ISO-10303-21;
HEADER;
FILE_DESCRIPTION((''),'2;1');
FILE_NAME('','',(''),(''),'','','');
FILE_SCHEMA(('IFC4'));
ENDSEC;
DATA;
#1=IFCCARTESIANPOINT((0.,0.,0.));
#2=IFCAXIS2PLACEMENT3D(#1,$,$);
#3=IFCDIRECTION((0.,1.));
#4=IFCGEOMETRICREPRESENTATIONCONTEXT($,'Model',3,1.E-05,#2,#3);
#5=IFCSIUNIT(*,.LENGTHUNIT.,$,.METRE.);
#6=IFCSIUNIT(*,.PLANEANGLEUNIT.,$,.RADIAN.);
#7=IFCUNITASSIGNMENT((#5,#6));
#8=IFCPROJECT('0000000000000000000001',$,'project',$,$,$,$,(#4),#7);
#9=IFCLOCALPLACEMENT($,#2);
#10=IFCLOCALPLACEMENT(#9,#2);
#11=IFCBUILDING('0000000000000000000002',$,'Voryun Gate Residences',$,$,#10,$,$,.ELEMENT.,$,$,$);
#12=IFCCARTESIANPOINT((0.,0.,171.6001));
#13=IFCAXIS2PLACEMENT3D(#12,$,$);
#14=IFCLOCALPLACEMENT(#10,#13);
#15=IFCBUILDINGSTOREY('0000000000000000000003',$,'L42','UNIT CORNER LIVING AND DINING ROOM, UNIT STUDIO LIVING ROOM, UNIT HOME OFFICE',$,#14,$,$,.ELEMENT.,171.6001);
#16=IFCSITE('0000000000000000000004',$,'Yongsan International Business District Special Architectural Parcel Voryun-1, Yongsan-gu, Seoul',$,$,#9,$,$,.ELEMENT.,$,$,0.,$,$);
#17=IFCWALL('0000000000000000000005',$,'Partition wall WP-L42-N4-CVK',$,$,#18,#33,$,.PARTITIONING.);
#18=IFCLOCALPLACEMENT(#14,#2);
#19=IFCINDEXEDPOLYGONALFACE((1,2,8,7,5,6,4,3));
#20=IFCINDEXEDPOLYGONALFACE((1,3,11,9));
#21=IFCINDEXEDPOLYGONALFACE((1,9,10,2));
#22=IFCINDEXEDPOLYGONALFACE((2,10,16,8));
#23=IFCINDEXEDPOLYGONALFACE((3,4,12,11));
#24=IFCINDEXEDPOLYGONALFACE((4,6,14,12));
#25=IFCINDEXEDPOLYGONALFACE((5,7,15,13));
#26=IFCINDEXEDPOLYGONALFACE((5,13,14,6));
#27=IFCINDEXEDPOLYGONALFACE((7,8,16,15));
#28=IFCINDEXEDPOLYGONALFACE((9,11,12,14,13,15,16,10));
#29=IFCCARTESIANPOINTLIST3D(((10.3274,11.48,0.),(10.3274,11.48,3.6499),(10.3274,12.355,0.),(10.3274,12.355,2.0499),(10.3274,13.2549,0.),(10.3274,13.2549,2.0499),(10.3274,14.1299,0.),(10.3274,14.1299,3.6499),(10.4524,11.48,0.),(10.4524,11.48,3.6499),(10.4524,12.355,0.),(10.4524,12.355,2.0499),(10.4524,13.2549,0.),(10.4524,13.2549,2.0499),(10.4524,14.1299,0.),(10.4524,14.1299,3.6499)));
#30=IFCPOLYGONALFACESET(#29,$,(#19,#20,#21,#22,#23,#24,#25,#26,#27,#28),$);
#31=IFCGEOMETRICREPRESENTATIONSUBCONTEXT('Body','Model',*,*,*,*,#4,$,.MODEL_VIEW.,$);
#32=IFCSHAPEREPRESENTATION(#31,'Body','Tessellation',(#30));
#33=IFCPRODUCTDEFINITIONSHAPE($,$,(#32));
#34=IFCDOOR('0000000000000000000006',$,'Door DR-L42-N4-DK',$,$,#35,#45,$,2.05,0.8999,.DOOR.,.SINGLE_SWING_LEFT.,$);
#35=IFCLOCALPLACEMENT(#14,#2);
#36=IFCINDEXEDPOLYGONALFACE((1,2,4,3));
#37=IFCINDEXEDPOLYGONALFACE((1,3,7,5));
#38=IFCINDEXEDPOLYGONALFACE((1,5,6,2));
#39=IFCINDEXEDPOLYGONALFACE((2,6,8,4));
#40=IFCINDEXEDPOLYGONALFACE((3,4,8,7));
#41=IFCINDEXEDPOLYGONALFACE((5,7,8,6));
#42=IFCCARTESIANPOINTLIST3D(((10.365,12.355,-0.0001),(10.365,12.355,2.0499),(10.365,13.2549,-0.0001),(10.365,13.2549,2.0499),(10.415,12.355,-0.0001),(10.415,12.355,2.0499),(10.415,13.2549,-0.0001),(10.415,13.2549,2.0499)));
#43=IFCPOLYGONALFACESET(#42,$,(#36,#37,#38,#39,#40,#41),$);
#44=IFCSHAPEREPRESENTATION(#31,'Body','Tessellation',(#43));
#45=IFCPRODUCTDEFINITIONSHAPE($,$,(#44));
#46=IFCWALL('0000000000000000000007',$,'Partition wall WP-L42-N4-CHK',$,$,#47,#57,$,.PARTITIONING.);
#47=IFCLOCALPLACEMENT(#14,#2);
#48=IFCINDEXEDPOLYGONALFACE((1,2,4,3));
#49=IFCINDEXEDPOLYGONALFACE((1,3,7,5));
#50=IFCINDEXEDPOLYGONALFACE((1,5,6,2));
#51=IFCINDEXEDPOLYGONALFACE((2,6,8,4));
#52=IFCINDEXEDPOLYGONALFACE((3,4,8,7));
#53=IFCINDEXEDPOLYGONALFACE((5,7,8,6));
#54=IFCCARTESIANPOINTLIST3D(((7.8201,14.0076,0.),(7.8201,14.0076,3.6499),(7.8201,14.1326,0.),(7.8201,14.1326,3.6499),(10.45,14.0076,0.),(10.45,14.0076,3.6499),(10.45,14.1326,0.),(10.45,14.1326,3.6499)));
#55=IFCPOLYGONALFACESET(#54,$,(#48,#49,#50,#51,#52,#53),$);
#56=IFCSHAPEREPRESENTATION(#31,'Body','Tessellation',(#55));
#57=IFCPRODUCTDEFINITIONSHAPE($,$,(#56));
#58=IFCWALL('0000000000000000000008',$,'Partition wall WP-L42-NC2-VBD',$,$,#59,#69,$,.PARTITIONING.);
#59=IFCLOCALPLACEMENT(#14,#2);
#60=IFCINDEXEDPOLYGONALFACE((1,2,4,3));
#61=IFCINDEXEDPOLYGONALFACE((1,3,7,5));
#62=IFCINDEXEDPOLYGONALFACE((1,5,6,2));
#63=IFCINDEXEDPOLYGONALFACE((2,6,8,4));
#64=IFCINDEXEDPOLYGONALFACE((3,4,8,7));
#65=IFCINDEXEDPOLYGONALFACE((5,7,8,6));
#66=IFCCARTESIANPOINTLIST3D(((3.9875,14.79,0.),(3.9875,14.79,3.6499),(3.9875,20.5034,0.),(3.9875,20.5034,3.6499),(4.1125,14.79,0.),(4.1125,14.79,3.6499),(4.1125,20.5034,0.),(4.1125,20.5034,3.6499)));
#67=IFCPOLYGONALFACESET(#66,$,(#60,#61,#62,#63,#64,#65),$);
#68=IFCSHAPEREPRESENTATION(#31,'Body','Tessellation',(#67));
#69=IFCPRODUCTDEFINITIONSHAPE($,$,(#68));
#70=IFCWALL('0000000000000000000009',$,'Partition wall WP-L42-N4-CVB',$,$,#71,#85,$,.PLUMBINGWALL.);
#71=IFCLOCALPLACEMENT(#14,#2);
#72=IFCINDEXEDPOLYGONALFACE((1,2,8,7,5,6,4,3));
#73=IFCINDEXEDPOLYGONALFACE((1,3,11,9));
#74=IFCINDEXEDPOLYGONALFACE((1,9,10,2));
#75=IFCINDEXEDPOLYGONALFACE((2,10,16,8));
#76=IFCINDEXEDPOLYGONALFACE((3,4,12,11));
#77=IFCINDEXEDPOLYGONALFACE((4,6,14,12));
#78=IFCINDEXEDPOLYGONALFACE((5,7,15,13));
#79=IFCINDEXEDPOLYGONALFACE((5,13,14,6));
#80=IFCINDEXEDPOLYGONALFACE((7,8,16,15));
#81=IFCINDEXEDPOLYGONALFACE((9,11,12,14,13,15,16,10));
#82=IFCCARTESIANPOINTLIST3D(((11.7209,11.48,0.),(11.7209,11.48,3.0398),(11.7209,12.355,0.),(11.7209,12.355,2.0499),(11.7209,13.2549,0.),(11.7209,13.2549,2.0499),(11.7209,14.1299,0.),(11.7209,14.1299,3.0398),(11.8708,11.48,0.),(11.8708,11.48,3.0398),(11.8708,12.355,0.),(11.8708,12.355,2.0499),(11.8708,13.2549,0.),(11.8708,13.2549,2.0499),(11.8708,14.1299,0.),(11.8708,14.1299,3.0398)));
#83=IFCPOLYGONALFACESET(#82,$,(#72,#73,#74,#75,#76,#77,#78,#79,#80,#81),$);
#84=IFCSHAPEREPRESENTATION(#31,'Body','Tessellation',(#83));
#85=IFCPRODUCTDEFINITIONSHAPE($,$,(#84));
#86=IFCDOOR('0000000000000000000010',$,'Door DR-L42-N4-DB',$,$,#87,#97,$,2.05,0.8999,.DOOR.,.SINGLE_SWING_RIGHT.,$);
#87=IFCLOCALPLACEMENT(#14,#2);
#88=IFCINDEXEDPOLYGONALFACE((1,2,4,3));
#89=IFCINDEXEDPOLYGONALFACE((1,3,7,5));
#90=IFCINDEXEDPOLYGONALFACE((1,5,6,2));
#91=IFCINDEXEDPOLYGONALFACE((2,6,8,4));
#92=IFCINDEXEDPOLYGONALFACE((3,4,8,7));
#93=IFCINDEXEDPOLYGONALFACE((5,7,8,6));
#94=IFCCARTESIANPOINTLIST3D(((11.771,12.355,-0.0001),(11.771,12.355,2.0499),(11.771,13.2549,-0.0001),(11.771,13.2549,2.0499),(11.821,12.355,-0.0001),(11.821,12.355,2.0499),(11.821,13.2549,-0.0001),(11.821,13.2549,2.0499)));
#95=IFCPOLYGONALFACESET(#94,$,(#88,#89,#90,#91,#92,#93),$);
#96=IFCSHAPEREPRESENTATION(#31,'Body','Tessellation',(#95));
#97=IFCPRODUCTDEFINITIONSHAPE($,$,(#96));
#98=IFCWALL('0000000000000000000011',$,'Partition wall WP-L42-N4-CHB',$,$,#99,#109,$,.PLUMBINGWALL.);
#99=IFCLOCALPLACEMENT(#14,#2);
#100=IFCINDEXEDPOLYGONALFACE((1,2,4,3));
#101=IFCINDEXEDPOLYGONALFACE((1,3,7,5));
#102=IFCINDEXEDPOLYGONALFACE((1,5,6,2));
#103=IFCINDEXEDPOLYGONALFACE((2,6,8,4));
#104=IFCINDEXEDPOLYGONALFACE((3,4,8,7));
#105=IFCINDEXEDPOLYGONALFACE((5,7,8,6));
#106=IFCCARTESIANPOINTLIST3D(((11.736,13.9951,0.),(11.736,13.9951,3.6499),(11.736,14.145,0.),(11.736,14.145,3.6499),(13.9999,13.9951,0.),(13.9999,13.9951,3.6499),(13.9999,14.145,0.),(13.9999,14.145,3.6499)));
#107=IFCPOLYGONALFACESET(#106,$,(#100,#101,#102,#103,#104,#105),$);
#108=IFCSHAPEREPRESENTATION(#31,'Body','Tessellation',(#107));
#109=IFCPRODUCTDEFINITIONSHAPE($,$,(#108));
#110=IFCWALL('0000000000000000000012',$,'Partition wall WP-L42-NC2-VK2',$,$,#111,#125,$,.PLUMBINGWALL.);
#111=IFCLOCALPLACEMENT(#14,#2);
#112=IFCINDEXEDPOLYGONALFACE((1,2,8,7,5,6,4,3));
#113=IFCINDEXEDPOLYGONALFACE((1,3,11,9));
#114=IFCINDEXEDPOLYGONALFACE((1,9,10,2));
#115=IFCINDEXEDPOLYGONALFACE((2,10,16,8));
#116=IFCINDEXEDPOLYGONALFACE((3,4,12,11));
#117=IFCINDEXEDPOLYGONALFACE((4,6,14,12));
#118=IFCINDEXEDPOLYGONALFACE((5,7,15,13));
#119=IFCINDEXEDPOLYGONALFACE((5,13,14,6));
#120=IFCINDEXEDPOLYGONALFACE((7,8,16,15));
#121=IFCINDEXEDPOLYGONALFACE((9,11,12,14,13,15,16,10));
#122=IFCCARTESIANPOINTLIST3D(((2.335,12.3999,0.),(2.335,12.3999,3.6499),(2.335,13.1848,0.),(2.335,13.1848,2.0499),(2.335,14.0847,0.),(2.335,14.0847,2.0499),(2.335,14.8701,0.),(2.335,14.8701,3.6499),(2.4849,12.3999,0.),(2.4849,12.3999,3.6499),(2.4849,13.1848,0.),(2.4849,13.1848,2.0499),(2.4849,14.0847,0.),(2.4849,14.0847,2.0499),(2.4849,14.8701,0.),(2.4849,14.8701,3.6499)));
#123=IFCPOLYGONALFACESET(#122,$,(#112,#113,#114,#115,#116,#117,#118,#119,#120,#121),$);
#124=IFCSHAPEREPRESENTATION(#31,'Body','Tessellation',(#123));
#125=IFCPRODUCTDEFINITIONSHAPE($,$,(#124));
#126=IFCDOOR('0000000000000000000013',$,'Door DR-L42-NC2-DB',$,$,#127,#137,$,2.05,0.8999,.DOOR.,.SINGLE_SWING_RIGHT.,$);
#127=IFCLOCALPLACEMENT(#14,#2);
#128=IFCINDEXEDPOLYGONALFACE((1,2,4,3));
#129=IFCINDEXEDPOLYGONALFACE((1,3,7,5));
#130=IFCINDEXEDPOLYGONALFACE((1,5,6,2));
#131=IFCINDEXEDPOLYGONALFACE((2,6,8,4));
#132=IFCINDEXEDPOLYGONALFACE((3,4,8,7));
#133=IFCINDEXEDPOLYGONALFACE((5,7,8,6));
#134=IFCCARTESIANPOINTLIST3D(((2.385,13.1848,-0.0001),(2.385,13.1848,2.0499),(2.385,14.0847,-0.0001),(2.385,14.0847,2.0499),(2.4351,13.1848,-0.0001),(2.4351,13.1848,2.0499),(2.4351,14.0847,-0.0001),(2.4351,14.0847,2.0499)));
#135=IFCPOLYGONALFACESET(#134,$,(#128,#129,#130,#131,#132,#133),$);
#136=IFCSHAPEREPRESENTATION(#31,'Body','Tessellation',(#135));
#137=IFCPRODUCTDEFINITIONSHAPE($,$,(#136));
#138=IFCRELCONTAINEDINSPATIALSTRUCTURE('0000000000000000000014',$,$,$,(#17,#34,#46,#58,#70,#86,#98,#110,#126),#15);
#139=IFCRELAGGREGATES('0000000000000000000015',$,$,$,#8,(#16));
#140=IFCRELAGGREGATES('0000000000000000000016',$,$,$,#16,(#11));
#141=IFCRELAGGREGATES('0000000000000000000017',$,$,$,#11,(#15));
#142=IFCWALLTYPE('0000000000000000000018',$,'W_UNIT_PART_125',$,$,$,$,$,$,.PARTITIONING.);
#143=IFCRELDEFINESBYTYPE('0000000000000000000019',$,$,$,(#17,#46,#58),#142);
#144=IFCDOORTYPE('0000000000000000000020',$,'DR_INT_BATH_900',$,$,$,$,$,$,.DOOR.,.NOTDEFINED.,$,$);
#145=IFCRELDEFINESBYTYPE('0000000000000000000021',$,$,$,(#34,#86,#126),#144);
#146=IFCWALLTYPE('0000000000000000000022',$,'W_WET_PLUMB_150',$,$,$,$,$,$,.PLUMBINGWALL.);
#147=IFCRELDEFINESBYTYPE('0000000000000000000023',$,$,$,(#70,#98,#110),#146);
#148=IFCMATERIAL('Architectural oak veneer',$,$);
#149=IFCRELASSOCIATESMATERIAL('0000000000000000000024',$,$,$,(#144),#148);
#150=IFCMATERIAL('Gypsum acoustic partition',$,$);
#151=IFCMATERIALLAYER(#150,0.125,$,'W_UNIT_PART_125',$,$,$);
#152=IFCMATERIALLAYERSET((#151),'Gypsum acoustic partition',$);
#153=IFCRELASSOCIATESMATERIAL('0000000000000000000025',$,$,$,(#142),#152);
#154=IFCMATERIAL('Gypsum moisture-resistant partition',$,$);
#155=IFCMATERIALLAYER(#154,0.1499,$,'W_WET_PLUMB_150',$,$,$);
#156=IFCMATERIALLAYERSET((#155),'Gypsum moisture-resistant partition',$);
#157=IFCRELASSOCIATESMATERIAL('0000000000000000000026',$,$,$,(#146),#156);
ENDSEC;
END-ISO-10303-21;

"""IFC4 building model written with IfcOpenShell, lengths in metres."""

from ifc_helpers import new_model, si_unit, direction, frame, frame_2d, origin, place, context, subcontext, project, spatial, rectangle, extrude, material, layer, layer_set, type_object, element, fill, save


model = new_model("IFC4")

# Units and contexts
model_context = context("Model", 3, precision=1e-05, world=origin(), true_north=direction((0.0, 1.0)))
body_context = subcontext(model_context, "Body", "Model", "MODEL_VIEW")
ifc_project = project(units=[si_unit("LENGTHUNIT", "METRE"), si_unit("PLANEANGLEUNIT", "RADIAN")], contexts=[model_context])

# Site, building, storey
site_placement = place(None, origin())
site = spatial("IfcSite", under=ifc_project, at=site_placement, Name="Yongsan International Business District Special Architectural Parcel Voryun-1, Yongsan-gu, Seoul", CompositionType="ELEMENT", RefElevation=0.0)
building_placement = place(site_placement, origin())
building = spatial("IfcBuilding", under=site, at=building_placement, Name="Voryun Gate Residences", CompositionType="ELEMENT")
storey_placement = place(building_placement, frame((0.0, 0.0, 171.6001)))
storey = spatial("IfcBuildingStorey", under=building, at=storey_placement, Name="L42", Description="UNIT CORNER LIVING AND DINING ROOM, UNIT STUDIO LIVING ROOM, UNIT HOME OFFICE", CompositionType="ELEMENT", Elevation=171.6001)

# Shared definitions
ifc_material_1 = material(Name="Architectural oak veneer")
door_type_1 = type_object("IfcDoorType", Name="DR_INT_BATH_900", OperationType="NOTDEFINED", PredefinedType="DOOR", material=ifc_material_1)

# Wall, opening, door
ifc_material_2 = material(Name="Gypsum acoustic partition")
ifc_layer_1 = layer(ifc_material_2, 0.125, Name="W_UNIT_PART_125")
ifc_layer_set_1 = layer_set([ifc_layer_1], Name="Gypsum acoustic partition")
wall_type_1 = type_object("IfcWallType", Name="W_UNIT_PART_125", PredefinedType="PARTITIONING", material=ifc_layer_set_1)
wall_1_placement = place(storey_placement, frame((10.3899, 11.48, 0.0), z_axis=(0.0, 0.0, 1.0), x_axis=(0.0, 1.0, 0.0)))
wall_1 = element("IfcWall", 1, at=wall_1_placement, inside=storey, type_object=wall_type_1, Name="Partition wall WP-L42-N4-CVK", PredefinedType="PARTITIONING", context=body_context, shape_type="SweptSolid", body=[
    extrude(rectangle(XDim=2.6499, YDim=0.125, at=frame_2d((1.325, 0.0))), origin(), (0.0, 0.0, 1.0), 3.6499),
])
opening_1_placement = place(wall_1_placement, frame((0.875, 0.0, 0.0)))
opening_1 = element("IfcOpeningElement", 2, at=opening_1_placement, cuts=wall_1, PredefinedType="OPENING", context=body_context, shape_type="SweptSolid", body=[
    extrude(rectangle(XDim=0.8999, YDim=2.05, at=frame_2d((0.45, 1.0249))), frame((0.0, 0.0725, 0.0), z_axis=(0.0, -1.0, 0.0), x_axis=(1.0, 0.0, 0.0)), (0.0, 0.0, 1.0), 0.145),
])
door_1_placement = place(opening_1_placement, origin())
door_1 = element("IfcDoor", 3, at=door_1_placement, inside=storey, type_object=door_type_1, Name="Door DR-L42-N4-DK", OperationType="SINGLE_SWING_LEFT", OverallHeight=2.05, OverallWidth=0.8999, PredefinedType="DOOR", context=body_context, shape_type="SweptSolid", body=[
    extrude(rectangle(XDim=0.8999, YDim=2.05, at=frame_2d((0.45, 1.0249))), frame((0.0, 0.0249, 0.0), z_axis=(0.0, -1.0, 0.0), x_axis=(1.0, 0.0, 0.0)), (0.0, 0.0, 1.0), 0.05),
])
fill(opening_1, door_1)

# Walls
wall_2_placement = place(storey_placement, frame((7.8201, 14.0701, 0.0), z_axis=(0.0, 0.0, 1.0), x_axis=(1.0, 0.0, 0.0)))
element("IfcWall", 4, at=wall_2_placement, inside=storey, type_object=wall_type_1, Name="Partition wall WP-L42-N4-CHK", PredefinedType="PARTITIONING", context=body_context, shape_type="SweptSolid", body=[
    extrude(rectangle(XDim=2.6299, YDim=0.125, at=frame_2d((1.3149, 0.0))), origin(), (0.0, 0.0, 1.0), 3.6499),
])
wall_3_placement = place(storey_placement, frame((4.05, 14.79, 0.0), z_axis=(0.0, 0.0, 1.0), x_axis=(0.0, 1.0, 0.0)))
element("IfcWall", 5, at=wall_3_placement, inside=storey, type_object=wall_type_1, Name="Partition wall WP-L42-NC2-VBD", PredefinedType="PARTITIONING", context=body_context, shape_type="SweptSolid", body=[
    extrude(rectangle(XDim=5.7134, YDim=0.125, at=frame_2d((2.8567, 0.0))), origin(), (0.0, 0.0, 1.0), 3.6499),
])

# Wall, opening, door
ifc_material_3 = material(Name="Gypsum moisture-resistant partition")
ifc_layer_2 = layer(ifc_material_3, 0.1499, Name="W_WET_PLUMB_150")
ifc_layer_set_2 = layer_set([ifc_layer_2], Name="Gypsum moisture-resistant partition")
wall_type_2 = type_object("IfcWallType", Name="W_WET_PLUMB_150", PredefinedType="PLUMBINGWALL", material=ifc_layer_set_2)
wall_4_placement = place(storey_placement, frame((11.7959, 11.48, 0.0), z_axis=(0.0, 0.0, 1.0), x_axis=(0.0, 1.0, 0.0)))
wall_4 = element("IfcWall", 6, at=wall_4_placement, inside=storey, type_object=wall_type_2, Name="Partition wall WP-L42-N4-CVB", PredefinedType="PLUMBINGWALL", context=body_context, shape_type="SweptSolid", body=[
    extrude(rectangle(XDim=2.6499, YDim=0.1499, at=frame_2d((1.325, 0.0))), origin(), (0.0, 0.0, 1.0), 3.0398),
])
opening_2_placement = place(wall_4_placement, frame((0.875, 0.0, 0.0)))
opening_2 = element("IfcOpeningElement", 7, at=opening_2_placement, cuts=wall_4, PredefinedType="OPENING", context=body_context, shape_type="SweptSolid", body=[
    extrude(rectangle(XDim=0.8999, YDim=2.05, at=frame_2d((0.45, 1.0249))), frame((0.0, 0.085, 0.0), z_axis=(0.0, -1.0, 0.0), x_axis=(1.0, 0.0, 0.0)), (0.0, 0.0, 1.0), 0.1699),
])
door_2_placement = place(opening_2_placement, origin())
door_2 = element("IfcDoor", 8, at=door_2_placement, inside=storey, type_object=door_type_1, Name="Door DR-L42-N4-DB", OperationType="SINGLE_SWING_RIGHT", OverallHeight=2.05, OverallWidth=0.8999, PredefinedType="DOOR", context=body_context, shape_type="SweptSolid", body=[
    extrude(rectangle(XDim=0.8999, YDim=2.05, at=frame_2d((0.45, 1.0249))), frame((0.0, 0.0249, 0.0), z_axis=(0.0, -1.0, 0.0), x_axis=(1.0, 0.0, 0.0)), (0.0, 0.0, 1.0), 0.05),
])
fill(opening_2, door_2)

# Wall
wall_5_placement = place(storey_placement, frame((11.7361, 14.0701, 0.0), z_axis=(0.0, 0.0, 1.0), x_axis=(1.0, 0.0, 0.0)))
element("IfcWall", 9, at=wall_5_placement, inside=storey, type_object=wall_type_2, Name="Partition wall WP-L42-N4-CHB", PredefinedType="PLUMBINGWALL", context=body_context, shape_type="SweptSolid", body=[
    extrude(rectangle(XDim=2.2639, YDim=0.1499, at=frame_2d((1.1318, 0.0))), origin(), (0.0, 0.0, 1.0), 3.6499),
])

# Wall, opening, door
wall_6_placement = place(storey_placement, frame((2.4099, 12.3999, 0.0), z_axis=(0.0, 0.0, 1.0), x_axis=(0.0, 1.0, 0.0)))
wall_6 = element("IfcWall", 10, at=wall_6_placement, inside=storey, type_object=wall_type_2, Name="Partition wall WP-L42-NC2-VK2", PredefinedType="PLUMBINGWALL", context=body_context, shape_type="SweptSolid", body=[
    extrude(rectangle(XDim=2.4702, YDim=0.1499, at=frame_2d((1.2351, 0.0))), origin(), (0.0, 0.0, 1.0), 3.6499),
])
opening_3_placement = place(wall_6_placement, frame((0.7849, 0.0, 0.0)))
opening_3 = element("IfcOpeningElement", 11, at=opening_3_placement, cuts=wall_6, PredefinedType="OPENING", context=body_context, shape_type="SweptSolid", body=[
    extrude(rectangle(XDim=0.8999, YDim=2.05, at=frame_2d((0.45, 1.0249))), frame((0.0, 0.085, 0.0), z_axis=(0.0, -1.0, 0.0), x_axis=(1.0, 0.0, 0.0)), (0.0, 0.0, 1.0), 0.1699),
])
door_3_placement = place(opening_3_placement, origin())
door_3 = element("IfcDoor", 12, at=door_3_placement, inside=storey, type_object=door_type_1, Name="Door DR-L42-NC2-DB", OperationType="SINGLE_SWING_RIGHT", OverallHeight=2.05, OverallWidth=0.8999, PredefinedType="DOOR", context=body_context, shape_type="SweptSolid", body=[
    extrude(rectangle(XDim=0.8999, YDim=2.05, at=frame_2d((0.45, 1.0249))), frame((0.0, 0.0249, 0.0), z_axis=(0.0, -1.0, 0.0), x_axis=(1.0, 0.0, 0.0)), (0.0, 0.0, 1.0), 0.05),
])
fill(opening_3, door_3)

save(model, "model.ifc")
